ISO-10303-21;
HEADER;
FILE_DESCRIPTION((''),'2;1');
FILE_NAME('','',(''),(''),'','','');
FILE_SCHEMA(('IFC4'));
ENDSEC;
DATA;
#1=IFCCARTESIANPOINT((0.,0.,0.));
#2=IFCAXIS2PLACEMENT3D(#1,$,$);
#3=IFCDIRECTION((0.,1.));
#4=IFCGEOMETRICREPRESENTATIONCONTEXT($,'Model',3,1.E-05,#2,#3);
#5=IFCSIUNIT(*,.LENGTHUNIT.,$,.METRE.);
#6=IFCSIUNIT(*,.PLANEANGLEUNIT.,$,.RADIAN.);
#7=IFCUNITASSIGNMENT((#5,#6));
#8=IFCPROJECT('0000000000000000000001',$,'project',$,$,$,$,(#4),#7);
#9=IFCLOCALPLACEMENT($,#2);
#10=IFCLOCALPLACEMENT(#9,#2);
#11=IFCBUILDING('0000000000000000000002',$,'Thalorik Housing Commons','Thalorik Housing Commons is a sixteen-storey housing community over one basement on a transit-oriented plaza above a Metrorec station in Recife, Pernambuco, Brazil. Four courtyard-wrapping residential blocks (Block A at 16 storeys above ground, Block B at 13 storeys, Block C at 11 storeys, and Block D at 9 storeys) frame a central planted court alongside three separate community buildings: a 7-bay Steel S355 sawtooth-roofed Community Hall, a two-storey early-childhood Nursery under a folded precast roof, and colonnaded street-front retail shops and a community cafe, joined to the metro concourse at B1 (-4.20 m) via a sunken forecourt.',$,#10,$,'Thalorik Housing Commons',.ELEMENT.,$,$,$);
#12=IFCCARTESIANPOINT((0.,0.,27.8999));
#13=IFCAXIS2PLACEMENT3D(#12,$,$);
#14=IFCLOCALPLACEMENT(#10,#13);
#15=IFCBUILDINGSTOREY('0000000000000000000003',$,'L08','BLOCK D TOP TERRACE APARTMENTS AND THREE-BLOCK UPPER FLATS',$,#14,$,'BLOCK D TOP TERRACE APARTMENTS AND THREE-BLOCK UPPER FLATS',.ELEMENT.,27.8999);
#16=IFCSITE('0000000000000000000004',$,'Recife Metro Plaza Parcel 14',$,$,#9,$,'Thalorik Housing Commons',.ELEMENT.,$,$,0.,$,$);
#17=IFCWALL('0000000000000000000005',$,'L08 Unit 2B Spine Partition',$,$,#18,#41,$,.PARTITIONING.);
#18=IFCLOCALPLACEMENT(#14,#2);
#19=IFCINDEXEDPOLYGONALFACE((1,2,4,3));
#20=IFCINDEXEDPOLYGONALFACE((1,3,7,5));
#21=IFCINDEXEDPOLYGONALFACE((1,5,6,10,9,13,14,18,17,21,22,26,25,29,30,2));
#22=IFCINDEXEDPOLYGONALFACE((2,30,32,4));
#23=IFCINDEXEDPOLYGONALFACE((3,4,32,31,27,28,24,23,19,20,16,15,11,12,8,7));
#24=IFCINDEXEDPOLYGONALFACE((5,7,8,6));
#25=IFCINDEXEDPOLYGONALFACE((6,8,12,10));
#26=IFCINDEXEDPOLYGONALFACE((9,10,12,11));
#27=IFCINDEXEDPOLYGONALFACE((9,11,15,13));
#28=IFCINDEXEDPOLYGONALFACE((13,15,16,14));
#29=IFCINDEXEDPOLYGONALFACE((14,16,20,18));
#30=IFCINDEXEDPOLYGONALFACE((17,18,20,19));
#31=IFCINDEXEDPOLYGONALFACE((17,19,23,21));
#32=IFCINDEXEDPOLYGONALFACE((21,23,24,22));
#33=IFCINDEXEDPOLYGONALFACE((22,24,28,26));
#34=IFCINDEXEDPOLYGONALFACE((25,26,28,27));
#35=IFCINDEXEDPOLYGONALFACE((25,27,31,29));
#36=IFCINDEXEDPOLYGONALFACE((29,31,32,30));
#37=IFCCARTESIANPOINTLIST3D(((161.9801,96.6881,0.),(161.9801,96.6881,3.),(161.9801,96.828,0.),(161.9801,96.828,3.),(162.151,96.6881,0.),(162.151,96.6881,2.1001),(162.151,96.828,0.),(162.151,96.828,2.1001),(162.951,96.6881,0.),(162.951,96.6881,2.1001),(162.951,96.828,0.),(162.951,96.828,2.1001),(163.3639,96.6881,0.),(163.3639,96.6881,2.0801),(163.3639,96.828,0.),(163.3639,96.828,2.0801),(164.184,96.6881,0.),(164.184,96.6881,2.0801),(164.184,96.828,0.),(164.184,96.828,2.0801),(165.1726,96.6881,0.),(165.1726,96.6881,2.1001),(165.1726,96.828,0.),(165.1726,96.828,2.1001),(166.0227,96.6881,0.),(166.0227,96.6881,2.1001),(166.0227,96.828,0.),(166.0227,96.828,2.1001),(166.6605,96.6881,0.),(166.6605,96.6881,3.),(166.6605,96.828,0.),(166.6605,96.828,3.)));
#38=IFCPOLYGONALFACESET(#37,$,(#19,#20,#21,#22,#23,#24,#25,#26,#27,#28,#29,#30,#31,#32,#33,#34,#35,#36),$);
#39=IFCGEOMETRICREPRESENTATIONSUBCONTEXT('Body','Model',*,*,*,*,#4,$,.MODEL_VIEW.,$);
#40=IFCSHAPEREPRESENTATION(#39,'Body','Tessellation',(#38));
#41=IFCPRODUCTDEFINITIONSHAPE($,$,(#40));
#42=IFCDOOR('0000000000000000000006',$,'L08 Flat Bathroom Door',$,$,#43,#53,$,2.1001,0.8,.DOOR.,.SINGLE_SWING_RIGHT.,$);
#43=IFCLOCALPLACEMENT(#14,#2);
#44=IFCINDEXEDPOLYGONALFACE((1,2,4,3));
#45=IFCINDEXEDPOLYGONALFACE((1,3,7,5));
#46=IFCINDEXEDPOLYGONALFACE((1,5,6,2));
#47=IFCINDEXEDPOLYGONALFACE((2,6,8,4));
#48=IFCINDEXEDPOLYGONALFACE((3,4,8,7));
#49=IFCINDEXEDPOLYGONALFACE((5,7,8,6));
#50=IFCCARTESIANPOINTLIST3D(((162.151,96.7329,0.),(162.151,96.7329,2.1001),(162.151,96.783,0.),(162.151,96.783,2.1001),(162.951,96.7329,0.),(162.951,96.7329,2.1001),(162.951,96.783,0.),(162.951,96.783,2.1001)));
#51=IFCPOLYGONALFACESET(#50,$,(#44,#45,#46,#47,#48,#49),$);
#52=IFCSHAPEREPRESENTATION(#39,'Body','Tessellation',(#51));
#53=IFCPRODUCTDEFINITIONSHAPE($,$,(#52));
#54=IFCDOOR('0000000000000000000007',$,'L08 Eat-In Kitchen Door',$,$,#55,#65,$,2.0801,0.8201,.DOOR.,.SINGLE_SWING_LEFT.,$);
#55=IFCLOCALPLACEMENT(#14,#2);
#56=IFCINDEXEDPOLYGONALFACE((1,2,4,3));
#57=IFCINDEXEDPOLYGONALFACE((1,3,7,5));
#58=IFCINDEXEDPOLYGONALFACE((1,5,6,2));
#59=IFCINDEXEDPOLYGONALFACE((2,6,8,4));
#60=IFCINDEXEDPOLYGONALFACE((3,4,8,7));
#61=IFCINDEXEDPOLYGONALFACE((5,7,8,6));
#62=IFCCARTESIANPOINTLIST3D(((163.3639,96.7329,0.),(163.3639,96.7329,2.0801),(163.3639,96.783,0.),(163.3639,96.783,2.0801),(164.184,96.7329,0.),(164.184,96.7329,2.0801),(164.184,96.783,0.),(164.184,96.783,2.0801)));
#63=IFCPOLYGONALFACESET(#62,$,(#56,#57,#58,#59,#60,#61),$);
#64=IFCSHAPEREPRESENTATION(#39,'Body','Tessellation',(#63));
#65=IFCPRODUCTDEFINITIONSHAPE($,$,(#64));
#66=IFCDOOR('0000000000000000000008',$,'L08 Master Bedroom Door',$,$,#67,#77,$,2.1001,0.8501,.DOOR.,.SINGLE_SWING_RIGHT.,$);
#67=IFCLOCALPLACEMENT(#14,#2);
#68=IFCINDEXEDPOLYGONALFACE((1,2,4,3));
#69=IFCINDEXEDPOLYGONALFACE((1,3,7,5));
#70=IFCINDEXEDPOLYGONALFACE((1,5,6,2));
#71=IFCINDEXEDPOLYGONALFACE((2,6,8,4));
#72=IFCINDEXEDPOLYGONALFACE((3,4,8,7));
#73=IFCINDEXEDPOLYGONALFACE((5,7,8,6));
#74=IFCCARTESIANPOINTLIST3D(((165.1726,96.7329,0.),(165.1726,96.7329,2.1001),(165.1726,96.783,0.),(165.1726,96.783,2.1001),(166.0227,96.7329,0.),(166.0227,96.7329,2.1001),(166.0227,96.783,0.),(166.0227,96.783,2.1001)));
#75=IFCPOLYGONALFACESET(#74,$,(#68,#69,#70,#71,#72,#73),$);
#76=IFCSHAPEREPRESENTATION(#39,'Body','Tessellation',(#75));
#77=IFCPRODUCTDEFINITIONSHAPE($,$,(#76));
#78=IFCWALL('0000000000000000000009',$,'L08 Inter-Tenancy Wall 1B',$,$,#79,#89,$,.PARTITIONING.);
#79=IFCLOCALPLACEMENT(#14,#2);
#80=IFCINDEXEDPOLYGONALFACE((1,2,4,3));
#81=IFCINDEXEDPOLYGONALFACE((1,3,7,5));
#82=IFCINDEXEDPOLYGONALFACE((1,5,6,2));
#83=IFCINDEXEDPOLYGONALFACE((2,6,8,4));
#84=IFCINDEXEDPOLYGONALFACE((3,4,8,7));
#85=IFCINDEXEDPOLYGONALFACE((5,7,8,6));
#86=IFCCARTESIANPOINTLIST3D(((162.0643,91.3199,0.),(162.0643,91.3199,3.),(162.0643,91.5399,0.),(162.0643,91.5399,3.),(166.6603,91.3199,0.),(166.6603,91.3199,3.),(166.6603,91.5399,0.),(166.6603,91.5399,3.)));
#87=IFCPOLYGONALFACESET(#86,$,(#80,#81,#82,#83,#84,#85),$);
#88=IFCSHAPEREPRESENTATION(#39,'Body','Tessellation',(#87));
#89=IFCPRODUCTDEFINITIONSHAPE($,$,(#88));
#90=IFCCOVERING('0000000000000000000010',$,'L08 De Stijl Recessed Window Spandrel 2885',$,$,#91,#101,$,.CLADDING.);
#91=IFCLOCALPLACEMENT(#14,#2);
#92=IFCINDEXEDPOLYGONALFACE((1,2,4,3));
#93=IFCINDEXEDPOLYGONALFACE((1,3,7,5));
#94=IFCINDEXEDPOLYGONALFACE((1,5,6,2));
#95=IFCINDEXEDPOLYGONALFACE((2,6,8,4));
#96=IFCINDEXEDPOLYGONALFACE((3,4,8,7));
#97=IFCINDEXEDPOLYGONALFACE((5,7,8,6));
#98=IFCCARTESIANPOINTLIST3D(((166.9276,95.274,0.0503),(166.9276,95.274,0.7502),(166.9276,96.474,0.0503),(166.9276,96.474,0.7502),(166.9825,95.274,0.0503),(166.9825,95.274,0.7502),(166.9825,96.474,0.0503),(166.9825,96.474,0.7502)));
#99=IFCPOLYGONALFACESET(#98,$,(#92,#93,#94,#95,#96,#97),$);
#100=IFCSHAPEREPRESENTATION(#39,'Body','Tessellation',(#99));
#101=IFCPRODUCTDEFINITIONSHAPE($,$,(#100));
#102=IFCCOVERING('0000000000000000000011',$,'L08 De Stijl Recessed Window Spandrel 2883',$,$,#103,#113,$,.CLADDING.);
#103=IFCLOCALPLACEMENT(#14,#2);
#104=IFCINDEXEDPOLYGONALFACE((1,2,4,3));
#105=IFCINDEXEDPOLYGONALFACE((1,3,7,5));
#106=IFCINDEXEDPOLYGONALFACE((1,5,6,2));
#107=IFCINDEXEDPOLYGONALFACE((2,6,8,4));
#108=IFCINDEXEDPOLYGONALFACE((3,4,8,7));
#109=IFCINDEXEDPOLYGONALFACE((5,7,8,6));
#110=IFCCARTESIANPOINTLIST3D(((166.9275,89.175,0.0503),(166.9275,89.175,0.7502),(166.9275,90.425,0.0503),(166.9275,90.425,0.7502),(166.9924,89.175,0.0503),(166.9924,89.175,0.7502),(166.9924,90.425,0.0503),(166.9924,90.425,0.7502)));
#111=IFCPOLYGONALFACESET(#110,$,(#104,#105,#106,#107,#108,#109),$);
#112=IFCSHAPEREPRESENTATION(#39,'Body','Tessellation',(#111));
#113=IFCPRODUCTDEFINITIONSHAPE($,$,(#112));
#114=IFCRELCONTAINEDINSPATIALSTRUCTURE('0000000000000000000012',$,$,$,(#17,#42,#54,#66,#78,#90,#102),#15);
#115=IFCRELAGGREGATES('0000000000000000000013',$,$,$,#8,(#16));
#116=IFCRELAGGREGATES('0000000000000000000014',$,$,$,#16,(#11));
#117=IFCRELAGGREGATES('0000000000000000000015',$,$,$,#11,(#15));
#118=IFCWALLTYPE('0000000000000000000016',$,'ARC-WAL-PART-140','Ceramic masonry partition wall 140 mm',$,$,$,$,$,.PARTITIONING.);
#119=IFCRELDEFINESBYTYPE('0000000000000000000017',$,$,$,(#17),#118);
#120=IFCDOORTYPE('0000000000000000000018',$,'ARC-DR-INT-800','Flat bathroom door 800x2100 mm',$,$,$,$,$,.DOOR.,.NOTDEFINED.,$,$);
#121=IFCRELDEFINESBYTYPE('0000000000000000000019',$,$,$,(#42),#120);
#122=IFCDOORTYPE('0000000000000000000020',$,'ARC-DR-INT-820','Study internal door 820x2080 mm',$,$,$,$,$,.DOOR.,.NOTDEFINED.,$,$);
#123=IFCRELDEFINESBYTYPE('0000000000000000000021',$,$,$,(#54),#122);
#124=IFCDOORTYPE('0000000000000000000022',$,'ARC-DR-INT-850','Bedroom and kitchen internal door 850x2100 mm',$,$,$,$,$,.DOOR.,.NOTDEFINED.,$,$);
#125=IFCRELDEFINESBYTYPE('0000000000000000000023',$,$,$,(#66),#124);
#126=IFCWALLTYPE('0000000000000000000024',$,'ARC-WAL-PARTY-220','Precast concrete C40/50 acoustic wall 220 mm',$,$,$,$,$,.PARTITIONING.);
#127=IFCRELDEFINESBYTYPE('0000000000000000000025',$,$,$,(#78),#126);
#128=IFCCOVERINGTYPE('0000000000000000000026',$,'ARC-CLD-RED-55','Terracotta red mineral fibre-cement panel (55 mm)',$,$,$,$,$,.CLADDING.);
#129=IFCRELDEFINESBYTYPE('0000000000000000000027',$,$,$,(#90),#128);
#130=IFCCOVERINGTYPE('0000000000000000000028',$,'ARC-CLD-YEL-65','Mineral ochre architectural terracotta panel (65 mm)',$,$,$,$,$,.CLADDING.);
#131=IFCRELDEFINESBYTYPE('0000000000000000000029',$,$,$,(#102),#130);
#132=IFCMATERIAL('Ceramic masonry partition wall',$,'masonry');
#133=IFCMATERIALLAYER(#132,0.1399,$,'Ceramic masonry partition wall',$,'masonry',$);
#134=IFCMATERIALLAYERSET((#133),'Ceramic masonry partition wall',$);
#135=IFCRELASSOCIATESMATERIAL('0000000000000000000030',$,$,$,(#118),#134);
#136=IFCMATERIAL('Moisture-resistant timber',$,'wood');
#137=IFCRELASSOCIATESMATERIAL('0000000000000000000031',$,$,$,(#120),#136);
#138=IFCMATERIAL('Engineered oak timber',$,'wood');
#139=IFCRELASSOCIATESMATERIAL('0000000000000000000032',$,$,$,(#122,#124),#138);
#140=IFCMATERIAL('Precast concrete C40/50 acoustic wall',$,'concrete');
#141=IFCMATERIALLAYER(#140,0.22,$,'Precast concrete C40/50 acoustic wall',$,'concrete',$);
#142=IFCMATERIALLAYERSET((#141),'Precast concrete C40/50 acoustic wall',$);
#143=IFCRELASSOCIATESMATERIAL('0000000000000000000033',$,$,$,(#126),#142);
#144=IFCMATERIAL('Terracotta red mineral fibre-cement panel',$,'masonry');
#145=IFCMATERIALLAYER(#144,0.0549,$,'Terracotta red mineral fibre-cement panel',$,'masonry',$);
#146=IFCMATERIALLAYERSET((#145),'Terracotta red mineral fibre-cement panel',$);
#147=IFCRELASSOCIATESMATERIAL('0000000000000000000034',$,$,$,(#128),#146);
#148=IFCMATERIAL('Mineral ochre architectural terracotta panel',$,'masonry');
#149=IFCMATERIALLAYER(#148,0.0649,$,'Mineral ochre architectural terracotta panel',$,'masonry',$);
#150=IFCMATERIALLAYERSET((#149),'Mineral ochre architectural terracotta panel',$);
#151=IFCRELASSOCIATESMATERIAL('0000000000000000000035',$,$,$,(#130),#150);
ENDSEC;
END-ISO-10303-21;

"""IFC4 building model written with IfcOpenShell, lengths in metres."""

from ifc_helpers import new_model, si_unit, direction, frame, frame_2d, origin, origin_2d, place, context, subcontext, project, spatial, rectangle, extrude, material, layer, layer_set, type_object, element, fill, save


model = new_model("IFC4")

# Units and contexts
model_context = context("Model", 3, precision=1e-05, world=origin(), true_north=direction((0.0, 1.0)))
body_context = subcontext(model_context, "Body", "Model", "MODEL_VIEW")
ifc_project = project(units=[si_unit("LENGTHUNIT", "METRE"), si_unit("PLANEANGLEUNIT", "RADIAN")], contexts=[model_context])

# Site, building, storey
site_placement = place(None, origin())
site = spatial("IfcSite", under=ifc_project, at=site_placement, Name="Recife Metro Plaza Parcel 14", LongName="Thalorik Housing Commons", CompositionType="ELEMENT", RefElevation=0.0)
building_placement = place(site_placement, origin())
building = spatial("IfcBuilding", under=site, at=building_placement, Name="Thalorik Housing Commons", Description="Thalorik Housing Commons is a sixteen-storey housing community over one basement on a transit-oriented plaza above a Metrorec station in Recife, Pernambuco, Brazil. Four courtyard-wrapping residential blocks (Block A at 16 storeys above ground, Block B at 13 storeys, Block C at 11 storeys, and Block D at 9 storeys) frame a central planted court alongside three separate community buildings: a 7-bay Steel S355 sawtooth-roofed Community Hall, a two-storey early-childhood Nursery under a folded precast roof, and colonnaded street-front retail shops and a community cafe, joined to the metro concourse at B1 (-4.20 m) via a sunken forecourt.", LongName="Thalorik Housing Commons", CompositionType="ELEMENT")
storey_placement = place(building_placement, frame((0.0, 0.0, 27.8999)))
storey = spatial("IfcBuildingStorey", under=building, at=storey_placement, Name="L08", Description="BLOCK D TOP TERRACE APARTMENTS AND THREE-BLOCK UPPER FLATS", LongName="BLOCK D TOP TERRACE APARTMENTS AND THREE-BLOCK UPPER FLATS", CompositionType="ELEMENT", Elevation=27.8999)

# Wall, openings, doors
ifc_material_1 = material(Name="Ceramic masonry partition wall", Category="masonry")
ifc_layer_1 = layer(ifc_material_1, 0.1399, Name="Ceramic masonry partition wall", Category="masonry")
ifc_layer_set_1 = layer_set([ifc_layer_1], Name="Ceramic masonry partition wall")
wall_type_1 = type_object("IfcWallType", Name="ARC-WAL-PART-140", Description="Ceramic masonry partition wall 140 mm", PredefinedType="PARTITIONING", material=ifc_layer_set_1)
wall_1_placement = place(storey_placement, frame((161.98, 96.7581, 0.0), z_axis=(0.0, 0.0, 1.0), x_axis=(1.0, 0.0, 0.0)))
wall_1 = element("IfcWall", 1, at=wall_1_placement, inside=storey, type_object=wall_type_1, Name="L08 Unit 2B Spine Partition", PredefinedType="PARTITIONING", context=body_context, shape_type="SweptSolid", body=[
    extrude(rectangle(XDim=4.6804, YDim=0.1399, at=frame_2d((2.3403, 0.0))), origin(), (0.0, 0.0, 1.0), 3.0),
])
opening_1_placement = place(wall_1_placement, frame((0.1711, 0.0, 0.0)))
opening_1 = element("IfcOpeningElement", 2, at=opening_1_placement, cuts=wall_1, PredefinedType="OPENING", context=body_context, shape_type="SweptSolid", body=[
    extrude(rectangle(XDim=0.8, YDim=2.1001, at=frame_2d((0.3999, 1.05))), frame((0.0, 0.0801, 0.0), z_axis=(0.0, -1.0, 0.0), x_axis=(1.0, 0.0, 0.0)), (0.0, 0.0, 1.0), 0.1599),
])
opening_2_placement = place(wall_1_placement, frame((1.3838, 0.0, 0.0)))
opening_2 = element("IfcOpeningElement", 3, at=opening_2_placement, cuts=wall_1, PredefinedType="OPENING", context=body_context, shape_type="SweptSolid", body=[
    extrude(rectangle(XDim=0.8201, YDim=2.0801, at=frame_2d((0.4102, 1.04))), frame((0.0, 0.0801, 0.0), z_axis=(0.0, -1.0, 0.0), x_axis=(1.0, 0.0, 0.0)), (0.0, 0.0, 1.0), 0.1599),
])
opening_3_placement = place(wall_1_placement, frame((3.1926, 0.0, 0.0)))
opening_3 = element("IfcOpeningElement", 4, at=opening_3_placement, cuts=wall_1, PredefinedType="OPENING", context=body_context, shape_type="SweptSolid", body=[
    extrude(rectangle(XDim=0.8501, YDim=2.1001, at=frame_2d((0.425, 1.05))), frame((0.0, 0.0801, 0.0), z_axis=(0.0, -1.0, 0.0), x_axis=(1.0, 0.0, 0.0)), (0.0, 0.0, 1.0), 0.1599),
])
ifc_material_2 = material(Name="Moisture-resistant timber", Category="wood")
door_type_1 = type_object("IfcDoorType", Name="ARC-DR-INT-800", Description="Flat bathroom door 800x2100 mm", OperationType="NOTDEFINED", PredefinedType="DOOR", material=ifc_material_2)
door_1_placement = place(opening_1_placement, origin())
door_1 = element("IfcDoor", 5, at=door_1_placement, inside=storey, type_object=door_type_1, Name="L08 Flat Bathroom Door", OperationType="SINGLE_SWING_RIGHT", OverallHeight=2.1001, OverallWidth=0.8, PredefinedType="DOOR", context=body_context, shape_type="SweptSolid", body=[
    extrude(rectangle(XDim=0.8, YDim=2.1001, at=frame_2d((0.3999, 1.05))), frame((0.0, 0.0249, 0.0), z_axis=(0.0, -1.0, 0.0), x_axis=(1.0, 0.0, 0.0)), (0.0, 0.0, 1.0), 0.05),
])
fill(opening_1, door_1)
ifc_material_3 = material(Name="Engineered oak timber", Category="wood")
door_type_2 = type_object("IfcDoorType", Name="ARC-DR-INT-820", Description="Study internal door 820x2080 mm", OperationType="NOTDEFINED", PredefinedType="DOOR", material=ifc_material_3)
door_2_placement = place(opening_2_placement, origin())
door_2 = element("IfcDoor", 6, at=door_2_placement, inside=storey, type_object=door_type_2, Name="L08 Eat-In Kitchen Door", OperationType="SINGLE_SWING_LEFT", OverallHeight=2.0801, OverallWidth=0.8201, PredefinedType="DOOR", context=body_context, shape_type="SweptSolid", body=[
    extrude(rectangle(XDim=0.8201, YDim=2.0801, at=frame_2d((0.4102, 1.04))), frame((0.0, 0.0249, 0.0), z_axis=(0.0, -1.0, 0.0), x_axis=(1.0, 0.0, 0.0)), (0.0, 0.0, 1.0), 0.05),
])
fill(opening_2, door_2)
door_type_3 = type_object("IfcDoorType", Name="ARC-DR-INT-850", Description="Bedroom and kitchen internal door 850x2100 mm", OperationType="NOTDEFINED", PredefinedType="DOOR", material=ifc_material_3)
door_3_placement = place(opening_3_placement, origin())
door_3 = element("IfcDoor", 7, at=door_3_placement, inside=storey, type_object=door_type_3, Name="L08 Master Bedroom Door", OperationType="SINGLE_SWING_RIGHT", OverallHeight=2.1001, OverallWidth=0.8501, PredefinedType="DOOR", context=body_context, shape_type="SweptSolid", body=[
    extrude(rectangle(XDim=0.8501, YDim=2.1001, at=frame_2d((0.425, 1.05))), frame((0.0, 0.0249, 0.0), z_axis=(0.0, -1.0, 0.0), x_axis=(1.0, 0.0, 0.0)), (0.0, 0.0, 1.0), 0.05),
])
fill(opening_3, door_3)

# Wall
ifc_material_4 = material(Name="Precast concrete C40/50 acoustic wall", Category="concrete")
ifc_layer_2 = layer(ifc_material_4, 0.22, Name="Precast concrete C40/50 acoustic wall", Category="concrete")
ifc_layer_set_2 = layer_set([ifc_layer_2], Name="Precast concrete C40/50 acoustic wall")
wall_type_2 = type_object("IfcWallType", Name="ARC-WAL-PARTY-220", Description="Precast concrete C40/50 acoustic wall 220 mm", PredefinedType="PARTITIONING", material=ifc_layer_set_2)
wall_2_placement = place(storey_placement, frame((162.0645, 91.4299, 0.0), z_axis=(0.0, 0.0, 1.0), x_axis=(1.0, 0.0, 0.0)))
element("IfcWall", 8, at=wall_2_placement, inside=storey, type_object=wall_type_2, Name="L08 Inter-Tenancy Wall 1B", PredefinedType="PARTITIONING", context=body_context, shape_type="SweptSolid", body=[
    extrude(rectangle(XDim=4.5959, YDim=0.22, at=frame_2d((2.2979, 0.0))), origin(), (0.0, 0.0, 1.0), 3.0),
])

# Coverings
ifc_material_5 = material(Name="Terracotta red mineral fibre-cement panel", Category="masonry")
ifc_layer_3 = layer(ifc_material_5, 0.0549, Name="Terracotta red mineral fibre-cement panel", Category="masonry")
ifc_layer_set_3 = layer_set([ifc_layer_3], Name="Terracotta red mineral fibre-cement panel")
covering_type_1 = type_object("IfcCoveringType", Name="ARC-CLD-RED-55", Description="Terracotta red mineral fibre-cement panel (55 mm)", PredefinedType="CLADDING", material=ifc_layer_set_3)
covering_1_placement = place(storey_placement, frame((166.9551, 95.874, 0.0503), z_axis=(0.0, 0.0, 1.0), x_axis=(0.0, 1.0, 0.0)))
element("IfcCovering", 9, at=covering_1_placement, inside=storey, type_object=covering_type_1, Name="L08 De Stijl Recessed Window Spandrel 2885", PredefinedType="CLADDING", context=body_context, shape_type="SweptSolid", body=[
    extrude(rectangle(XDim=1.2, YDim=0.0549, at=origin_2d()), origin(), (0.0, 0.0, 1.0), 0.7),
])
ifc_material_6 = material(Name="Mineral ochre architectural terracotta panel", Category="masonry")
ifc_layer_4 = layer(ifc_material_6, 0.0649, Name="Mineral ochre architectural terracotta panel", Category="masonry")
ifc_layer_set_4 = layer_set([ifc_layer_4], Name="Mineral ochre architectural terracotta panel")
covering_type_2 = type_object("IfcCoveringType", Name="ARC-CLD-YEL-65", Description="Mineral ochre architectural terracotta panel (65 mm)", PredefinedType="CLADDING", material=ifc_layer_set_4)
covering_2_placement = place(storey_placement, frame((166.96, 89.8, 0.0503), z_axis=(0.0, 0.0, 1.0), x_axis=(0.0, 1.0, 0.0)))
element("IfcCovering", 10, at=covering_2_placement, inside=storey, type_object=covering_type_2, Name="L08 De Stijl Recessed Window Spandrel 2883", PredefinedType="CLADDING", context=body_context, shape_type="SweptSolid", body=[
    extrude(rectangle(XDim=1.25, YDim=0.0649, at=origin_2d()), origin(), (0.0, 0.0, 1.0), 0.7),
])

save(model, "model.ifc")
